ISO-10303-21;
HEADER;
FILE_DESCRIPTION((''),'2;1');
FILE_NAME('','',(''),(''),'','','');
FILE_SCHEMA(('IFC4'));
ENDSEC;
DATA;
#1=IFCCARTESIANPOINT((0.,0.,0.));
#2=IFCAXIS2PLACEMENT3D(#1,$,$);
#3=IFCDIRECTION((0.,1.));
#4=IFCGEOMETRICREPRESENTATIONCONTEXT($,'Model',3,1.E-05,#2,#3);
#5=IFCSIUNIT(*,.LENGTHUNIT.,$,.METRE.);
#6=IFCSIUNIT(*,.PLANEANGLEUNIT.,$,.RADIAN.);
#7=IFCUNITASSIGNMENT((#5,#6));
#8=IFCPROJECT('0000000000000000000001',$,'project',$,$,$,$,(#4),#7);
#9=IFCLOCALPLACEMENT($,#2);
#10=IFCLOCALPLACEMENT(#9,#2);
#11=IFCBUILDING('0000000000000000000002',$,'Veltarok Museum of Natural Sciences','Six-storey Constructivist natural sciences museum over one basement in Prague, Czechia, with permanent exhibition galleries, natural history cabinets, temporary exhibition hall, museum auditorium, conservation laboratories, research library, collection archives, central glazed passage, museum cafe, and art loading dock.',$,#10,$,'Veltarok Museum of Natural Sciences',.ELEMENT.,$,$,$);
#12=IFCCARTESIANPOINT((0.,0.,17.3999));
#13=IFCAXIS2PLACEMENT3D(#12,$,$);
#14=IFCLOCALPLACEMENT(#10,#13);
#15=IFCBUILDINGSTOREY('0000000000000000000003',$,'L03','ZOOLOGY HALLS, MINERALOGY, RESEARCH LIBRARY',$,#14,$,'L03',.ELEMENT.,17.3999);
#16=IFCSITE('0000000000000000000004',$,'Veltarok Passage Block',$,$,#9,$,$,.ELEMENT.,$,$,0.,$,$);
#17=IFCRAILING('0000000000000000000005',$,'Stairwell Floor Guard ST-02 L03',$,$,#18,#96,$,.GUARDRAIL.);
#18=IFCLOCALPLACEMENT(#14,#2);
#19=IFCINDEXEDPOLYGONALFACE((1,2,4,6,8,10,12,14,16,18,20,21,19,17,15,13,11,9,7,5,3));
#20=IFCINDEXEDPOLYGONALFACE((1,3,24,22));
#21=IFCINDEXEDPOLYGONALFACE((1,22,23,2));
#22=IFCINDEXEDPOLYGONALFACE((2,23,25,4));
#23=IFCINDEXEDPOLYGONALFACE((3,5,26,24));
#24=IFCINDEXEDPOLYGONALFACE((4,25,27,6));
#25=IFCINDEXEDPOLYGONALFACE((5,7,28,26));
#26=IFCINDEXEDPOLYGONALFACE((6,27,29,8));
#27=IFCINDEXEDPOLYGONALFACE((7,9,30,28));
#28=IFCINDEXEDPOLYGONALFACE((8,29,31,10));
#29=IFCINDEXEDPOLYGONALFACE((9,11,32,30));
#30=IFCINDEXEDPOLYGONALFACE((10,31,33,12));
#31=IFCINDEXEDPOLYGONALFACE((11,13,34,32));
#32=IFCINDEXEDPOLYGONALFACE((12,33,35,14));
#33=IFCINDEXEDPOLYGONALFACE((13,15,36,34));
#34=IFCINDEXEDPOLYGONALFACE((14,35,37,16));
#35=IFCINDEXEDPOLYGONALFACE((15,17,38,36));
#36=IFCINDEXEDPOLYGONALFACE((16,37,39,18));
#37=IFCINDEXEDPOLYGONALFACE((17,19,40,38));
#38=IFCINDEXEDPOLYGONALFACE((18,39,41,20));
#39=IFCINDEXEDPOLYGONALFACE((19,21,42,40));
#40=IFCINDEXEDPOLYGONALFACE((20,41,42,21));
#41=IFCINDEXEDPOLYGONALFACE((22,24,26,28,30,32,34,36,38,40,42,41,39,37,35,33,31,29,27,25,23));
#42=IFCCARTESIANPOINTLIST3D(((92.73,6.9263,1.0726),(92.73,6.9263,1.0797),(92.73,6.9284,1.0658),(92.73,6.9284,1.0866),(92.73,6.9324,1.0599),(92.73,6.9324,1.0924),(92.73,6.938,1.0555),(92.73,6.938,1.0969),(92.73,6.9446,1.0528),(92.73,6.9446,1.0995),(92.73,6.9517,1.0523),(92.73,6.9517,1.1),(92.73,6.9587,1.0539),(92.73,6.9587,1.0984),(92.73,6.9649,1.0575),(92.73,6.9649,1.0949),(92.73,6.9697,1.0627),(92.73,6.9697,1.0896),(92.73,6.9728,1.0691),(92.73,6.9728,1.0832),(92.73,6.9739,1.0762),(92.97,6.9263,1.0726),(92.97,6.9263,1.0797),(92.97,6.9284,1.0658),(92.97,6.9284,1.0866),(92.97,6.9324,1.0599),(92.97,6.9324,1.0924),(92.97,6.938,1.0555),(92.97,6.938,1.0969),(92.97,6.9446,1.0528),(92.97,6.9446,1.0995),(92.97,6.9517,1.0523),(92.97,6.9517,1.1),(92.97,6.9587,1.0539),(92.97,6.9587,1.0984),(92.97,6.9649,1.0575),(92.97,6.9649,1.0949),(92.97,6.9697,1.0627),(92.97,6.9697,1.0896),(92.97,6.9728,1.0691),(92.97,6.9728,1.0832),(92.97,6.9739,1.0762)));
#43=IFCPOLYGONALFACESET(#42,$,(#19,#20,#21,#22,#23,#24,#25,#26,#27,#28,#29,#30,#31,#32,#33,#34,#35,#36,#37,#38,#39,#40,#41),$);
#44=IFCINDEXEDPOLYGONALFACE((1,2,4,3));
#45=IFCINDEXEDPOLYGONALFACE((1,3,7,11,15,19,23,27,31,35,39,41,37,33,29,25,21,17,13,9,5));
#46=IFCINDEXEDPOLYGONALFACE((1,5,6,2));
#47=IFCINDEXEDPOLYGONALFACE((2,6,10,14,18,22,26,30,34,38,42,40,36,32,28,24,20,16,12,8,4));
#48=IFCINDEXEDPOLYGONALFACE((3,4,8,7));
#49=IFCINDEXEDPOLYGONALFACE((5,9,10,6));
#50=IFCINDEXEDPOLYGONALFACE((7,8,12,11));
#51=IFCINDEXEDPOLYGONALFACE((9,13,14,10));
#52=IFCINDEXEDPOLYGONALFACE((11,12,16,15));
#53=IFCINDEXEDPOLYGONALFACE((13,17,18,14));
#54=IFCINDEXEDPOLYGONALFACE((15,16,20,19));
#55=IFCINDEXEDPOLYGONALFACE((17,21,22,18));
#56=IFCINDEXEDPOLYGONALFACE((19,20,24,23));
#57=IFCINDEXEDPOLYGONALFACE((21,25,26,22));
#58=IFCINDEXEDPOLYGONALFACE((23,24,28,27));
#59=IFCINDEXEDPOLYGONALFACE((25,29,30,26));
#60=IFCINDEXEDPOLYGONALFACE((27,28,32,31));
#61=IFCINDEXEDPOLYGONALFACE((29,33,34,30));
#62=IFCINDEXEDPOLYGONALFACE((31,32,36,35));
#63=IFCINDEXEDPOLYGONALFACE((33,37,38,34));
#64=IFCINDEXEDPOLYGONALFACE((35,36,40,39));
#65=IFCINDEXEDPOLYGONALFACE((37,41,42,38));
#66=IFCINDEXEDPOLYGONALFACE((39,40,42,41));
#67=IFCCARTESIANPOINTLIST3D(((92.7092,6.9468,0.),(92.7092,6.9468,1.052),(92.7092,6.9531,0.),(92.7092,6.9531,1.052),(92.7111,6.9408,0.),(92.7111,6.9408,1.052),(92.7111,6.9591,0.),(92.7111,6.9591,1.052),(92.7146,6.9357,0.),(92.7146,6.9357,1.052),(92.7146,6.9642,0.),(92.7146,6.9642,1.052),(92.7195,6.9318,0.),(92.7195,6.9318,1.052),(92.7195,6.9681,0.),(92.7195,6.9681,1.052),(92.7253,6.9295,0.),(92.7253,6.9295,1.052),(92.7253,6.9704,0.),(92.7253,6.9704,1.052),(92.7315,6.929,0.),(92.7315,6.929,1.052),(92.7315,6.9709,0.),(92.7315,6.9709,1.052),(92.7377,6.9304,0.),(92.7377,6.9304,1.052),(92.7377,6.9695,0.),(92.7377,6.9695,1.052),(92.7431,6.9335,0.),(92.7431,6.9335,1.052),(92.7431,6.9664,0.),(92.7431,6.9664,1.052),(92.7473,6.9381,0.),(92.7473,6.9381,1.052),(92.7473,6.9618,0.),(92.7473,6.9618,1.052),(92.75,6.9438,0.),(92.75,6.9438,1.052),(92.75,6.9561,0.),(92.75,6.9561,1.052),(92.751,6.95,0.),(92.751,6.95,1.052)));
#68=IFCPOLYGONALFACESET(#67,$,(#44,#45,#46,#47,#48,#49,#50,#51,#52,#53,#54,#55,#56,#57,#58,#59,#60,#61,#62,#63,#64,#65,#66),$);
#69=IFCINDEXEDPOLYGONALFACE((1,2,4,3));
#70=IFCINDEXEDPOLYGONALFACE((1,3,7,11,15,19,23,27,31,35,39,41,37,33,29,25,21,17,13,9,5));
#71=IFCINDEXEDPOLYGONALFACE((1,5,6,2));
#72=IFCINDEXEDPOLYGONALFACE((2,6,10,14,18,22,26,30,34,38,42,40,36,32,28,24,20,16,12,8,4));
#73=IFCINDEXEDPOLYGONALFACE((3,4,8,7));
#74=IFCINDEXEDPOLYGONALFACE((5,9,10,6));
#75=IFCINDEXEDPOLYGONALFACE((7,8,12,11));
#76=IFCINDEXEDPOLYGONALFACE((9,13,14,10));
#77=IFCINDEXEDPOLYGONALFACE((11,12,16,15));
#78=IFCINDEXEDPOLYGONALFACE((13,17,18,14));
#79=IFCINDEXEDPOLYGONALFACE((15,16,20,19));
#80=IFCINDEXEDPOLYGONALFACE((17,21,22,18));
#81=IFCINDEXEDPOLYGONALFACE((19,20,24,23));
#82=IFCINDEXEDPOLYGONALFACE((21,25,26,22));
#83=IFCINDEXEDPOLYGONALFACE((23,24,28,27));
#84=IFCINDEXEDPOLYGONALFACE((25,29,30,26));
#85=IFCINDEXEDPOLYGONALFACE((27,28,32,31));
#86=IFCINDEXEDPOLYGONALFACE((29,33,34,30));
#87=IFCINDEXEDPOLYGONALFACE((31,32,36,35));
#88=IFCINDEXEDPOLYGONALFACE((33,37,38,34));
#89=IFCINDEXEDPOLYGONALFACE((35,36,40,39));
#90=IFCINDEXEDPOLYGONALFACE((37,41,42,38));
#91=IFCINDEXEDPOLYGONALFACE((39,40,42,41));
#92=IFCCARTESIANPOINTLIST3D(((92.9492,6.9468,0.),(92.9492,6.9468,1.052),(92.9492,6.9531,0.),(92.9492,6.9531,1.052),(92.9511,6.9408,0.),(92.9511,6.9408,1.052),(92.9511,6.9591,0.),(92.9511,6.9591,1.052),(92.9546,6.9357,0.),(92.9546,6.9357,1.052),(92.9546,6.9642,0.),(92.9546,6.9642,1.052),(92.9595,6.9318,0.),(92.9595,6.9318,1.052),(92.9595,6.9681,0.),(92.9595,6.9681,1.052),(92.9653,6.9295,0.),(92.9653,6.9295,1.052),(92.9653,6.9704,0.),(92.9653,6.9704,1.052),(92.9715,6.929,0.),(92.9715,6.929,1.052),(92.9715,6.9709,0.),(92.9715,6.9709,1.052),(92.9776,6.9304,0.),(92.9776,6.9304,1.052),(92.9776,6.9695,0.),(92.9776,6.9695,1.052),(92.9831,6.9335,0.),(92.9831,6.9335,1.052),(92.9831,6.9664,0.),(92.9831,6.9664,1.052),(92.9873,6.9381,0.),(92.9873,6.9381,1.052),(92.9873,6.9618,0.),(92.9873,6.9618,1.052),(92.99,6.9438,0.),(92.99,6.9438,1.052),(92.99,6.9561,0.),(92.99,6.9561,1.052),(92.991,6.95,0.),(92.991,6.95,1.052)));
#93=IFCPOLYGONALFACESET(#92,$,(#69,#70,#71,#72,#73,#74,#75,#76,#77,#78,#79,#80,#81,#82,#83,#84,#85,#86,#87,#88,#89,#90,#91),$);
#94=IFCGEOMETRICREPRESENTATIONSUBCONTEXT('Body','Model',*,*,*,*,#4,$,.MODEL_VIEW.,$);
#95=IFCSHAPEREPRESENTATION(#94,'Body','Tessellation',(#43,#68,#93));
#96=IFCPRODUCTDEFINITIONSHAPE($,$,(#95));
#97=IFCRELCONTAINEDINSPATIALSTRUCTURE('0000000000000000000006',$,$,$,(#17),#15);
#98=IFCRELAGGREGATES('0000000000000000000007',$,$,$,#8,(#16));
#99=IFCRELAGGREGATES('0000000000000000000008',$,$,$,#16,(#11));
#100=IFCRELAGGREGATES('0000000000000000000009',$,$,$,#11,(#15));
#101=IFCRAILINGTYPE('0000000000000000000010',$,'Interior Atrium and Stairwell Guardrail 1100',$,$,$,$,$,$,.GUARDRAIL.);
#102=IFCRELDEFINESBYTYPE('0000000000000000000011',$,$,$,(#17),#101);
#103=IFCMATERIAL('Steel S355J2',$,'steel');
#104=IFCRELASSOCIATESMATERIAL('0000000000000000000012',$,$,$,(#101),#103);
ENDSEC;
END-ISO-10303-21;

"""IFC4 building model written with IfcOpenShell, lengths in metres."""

from ifc_helpers import new_model, si_unit, direction, frame, origin, origin_2d, place, context, subcontext, project, spatial, circle, extrude, material, type_object, element, save


model = new_model("IFC4")

# Units and contexts
model_context = context("Model", 3, precision=1e-05, world=origin(), true_north=direction((0.0, 1.0)))
body_context = subcontext(model_context, "Body", "Model", "MODEL_VIEW")
ifc_project = project(units=[si_unit("LENGTHUNIT", "METRE"), si_unit("PLANEANGLEUNIT", "RADIAN")], contexts=[model_context])

# Site, building, storey
site_placement = place(None, origin())
site = spatial("IfcSite", under=ifc_project, at=site_placement, Name="Veltarok Passage Block", CompositionType="ELEMENT", RefElevation=0.0)
building_placement = place(site_placement, origin())
building = spatial("IfcBuilding", under=site, at=building_placement, Name="Veltarok Museum of Natural Sciences", Description="Six-storey Constructivist natural sciences museum over one basement in Prague, Czechia, with permanent exhibition galleries, natural history cabinets, temporary exhibition hall, museum auditorium, conservation laboratories, research library, collection archives, central glazed passage, museum cafe, and art loading dock.", LongName="Veltarok Museum of Natural Sciences", CompositionType="ELEMENT")
storey_placement = place(building_placement, frame((0.0, 0.0, 17.3999)))
storey = spatial("IfcBuildingStorey", under=building, at=storey_placement, Name="L03", Description="ZOOLOGY HALLS, MINERALOGY, RESEARCH LIBRARY", LongName="L03", CompositionType="ELEMENT", Elevation=17.3999)

# Shared definitions
ifc_material_1 = material(Name="Steel S355J2", Category="steel")

# Railing
railing_type_1 = type_object("IfcRailingType", Name="Interior Atrium and Stairwell Guardrail 1100", PredefinedType="GUARDRAIL", material=ifc_material_1)
railing_1_placement = place(storey_placement, frame((92.73, 6.95, 0.0)))
element("IfcRailing", 1, at=railing_1_placement, inside=storey, type_object=railing_type_1, Name="Stairwell Floor Guard ST-02 L03", PredefinedType="GUARDRAIL", context=body_context, shape_type="SweptSolid", body=[
    extrude(circle(Radius=0.0239, at=origin_2d()), frame((0.0, 0.0, 1.0762), z_axis=(1.0, 0.0, 0.0), x_axis=(0.0, 1.0, 0.0)), (0.0, 0.0, 1.0), 0.24),
    extrude(circle(Radius=0.021, at=origin_2d()), origin(), (0.0, 0.0, 1.0), 1.052),
    extrude(circle(Radius=0.021, at=origin_2d()), frame((0.24, 0.0, 0.0)), (0.0, 0.0, 1.0), 1.052),
])

save(model, "model.ifc")
